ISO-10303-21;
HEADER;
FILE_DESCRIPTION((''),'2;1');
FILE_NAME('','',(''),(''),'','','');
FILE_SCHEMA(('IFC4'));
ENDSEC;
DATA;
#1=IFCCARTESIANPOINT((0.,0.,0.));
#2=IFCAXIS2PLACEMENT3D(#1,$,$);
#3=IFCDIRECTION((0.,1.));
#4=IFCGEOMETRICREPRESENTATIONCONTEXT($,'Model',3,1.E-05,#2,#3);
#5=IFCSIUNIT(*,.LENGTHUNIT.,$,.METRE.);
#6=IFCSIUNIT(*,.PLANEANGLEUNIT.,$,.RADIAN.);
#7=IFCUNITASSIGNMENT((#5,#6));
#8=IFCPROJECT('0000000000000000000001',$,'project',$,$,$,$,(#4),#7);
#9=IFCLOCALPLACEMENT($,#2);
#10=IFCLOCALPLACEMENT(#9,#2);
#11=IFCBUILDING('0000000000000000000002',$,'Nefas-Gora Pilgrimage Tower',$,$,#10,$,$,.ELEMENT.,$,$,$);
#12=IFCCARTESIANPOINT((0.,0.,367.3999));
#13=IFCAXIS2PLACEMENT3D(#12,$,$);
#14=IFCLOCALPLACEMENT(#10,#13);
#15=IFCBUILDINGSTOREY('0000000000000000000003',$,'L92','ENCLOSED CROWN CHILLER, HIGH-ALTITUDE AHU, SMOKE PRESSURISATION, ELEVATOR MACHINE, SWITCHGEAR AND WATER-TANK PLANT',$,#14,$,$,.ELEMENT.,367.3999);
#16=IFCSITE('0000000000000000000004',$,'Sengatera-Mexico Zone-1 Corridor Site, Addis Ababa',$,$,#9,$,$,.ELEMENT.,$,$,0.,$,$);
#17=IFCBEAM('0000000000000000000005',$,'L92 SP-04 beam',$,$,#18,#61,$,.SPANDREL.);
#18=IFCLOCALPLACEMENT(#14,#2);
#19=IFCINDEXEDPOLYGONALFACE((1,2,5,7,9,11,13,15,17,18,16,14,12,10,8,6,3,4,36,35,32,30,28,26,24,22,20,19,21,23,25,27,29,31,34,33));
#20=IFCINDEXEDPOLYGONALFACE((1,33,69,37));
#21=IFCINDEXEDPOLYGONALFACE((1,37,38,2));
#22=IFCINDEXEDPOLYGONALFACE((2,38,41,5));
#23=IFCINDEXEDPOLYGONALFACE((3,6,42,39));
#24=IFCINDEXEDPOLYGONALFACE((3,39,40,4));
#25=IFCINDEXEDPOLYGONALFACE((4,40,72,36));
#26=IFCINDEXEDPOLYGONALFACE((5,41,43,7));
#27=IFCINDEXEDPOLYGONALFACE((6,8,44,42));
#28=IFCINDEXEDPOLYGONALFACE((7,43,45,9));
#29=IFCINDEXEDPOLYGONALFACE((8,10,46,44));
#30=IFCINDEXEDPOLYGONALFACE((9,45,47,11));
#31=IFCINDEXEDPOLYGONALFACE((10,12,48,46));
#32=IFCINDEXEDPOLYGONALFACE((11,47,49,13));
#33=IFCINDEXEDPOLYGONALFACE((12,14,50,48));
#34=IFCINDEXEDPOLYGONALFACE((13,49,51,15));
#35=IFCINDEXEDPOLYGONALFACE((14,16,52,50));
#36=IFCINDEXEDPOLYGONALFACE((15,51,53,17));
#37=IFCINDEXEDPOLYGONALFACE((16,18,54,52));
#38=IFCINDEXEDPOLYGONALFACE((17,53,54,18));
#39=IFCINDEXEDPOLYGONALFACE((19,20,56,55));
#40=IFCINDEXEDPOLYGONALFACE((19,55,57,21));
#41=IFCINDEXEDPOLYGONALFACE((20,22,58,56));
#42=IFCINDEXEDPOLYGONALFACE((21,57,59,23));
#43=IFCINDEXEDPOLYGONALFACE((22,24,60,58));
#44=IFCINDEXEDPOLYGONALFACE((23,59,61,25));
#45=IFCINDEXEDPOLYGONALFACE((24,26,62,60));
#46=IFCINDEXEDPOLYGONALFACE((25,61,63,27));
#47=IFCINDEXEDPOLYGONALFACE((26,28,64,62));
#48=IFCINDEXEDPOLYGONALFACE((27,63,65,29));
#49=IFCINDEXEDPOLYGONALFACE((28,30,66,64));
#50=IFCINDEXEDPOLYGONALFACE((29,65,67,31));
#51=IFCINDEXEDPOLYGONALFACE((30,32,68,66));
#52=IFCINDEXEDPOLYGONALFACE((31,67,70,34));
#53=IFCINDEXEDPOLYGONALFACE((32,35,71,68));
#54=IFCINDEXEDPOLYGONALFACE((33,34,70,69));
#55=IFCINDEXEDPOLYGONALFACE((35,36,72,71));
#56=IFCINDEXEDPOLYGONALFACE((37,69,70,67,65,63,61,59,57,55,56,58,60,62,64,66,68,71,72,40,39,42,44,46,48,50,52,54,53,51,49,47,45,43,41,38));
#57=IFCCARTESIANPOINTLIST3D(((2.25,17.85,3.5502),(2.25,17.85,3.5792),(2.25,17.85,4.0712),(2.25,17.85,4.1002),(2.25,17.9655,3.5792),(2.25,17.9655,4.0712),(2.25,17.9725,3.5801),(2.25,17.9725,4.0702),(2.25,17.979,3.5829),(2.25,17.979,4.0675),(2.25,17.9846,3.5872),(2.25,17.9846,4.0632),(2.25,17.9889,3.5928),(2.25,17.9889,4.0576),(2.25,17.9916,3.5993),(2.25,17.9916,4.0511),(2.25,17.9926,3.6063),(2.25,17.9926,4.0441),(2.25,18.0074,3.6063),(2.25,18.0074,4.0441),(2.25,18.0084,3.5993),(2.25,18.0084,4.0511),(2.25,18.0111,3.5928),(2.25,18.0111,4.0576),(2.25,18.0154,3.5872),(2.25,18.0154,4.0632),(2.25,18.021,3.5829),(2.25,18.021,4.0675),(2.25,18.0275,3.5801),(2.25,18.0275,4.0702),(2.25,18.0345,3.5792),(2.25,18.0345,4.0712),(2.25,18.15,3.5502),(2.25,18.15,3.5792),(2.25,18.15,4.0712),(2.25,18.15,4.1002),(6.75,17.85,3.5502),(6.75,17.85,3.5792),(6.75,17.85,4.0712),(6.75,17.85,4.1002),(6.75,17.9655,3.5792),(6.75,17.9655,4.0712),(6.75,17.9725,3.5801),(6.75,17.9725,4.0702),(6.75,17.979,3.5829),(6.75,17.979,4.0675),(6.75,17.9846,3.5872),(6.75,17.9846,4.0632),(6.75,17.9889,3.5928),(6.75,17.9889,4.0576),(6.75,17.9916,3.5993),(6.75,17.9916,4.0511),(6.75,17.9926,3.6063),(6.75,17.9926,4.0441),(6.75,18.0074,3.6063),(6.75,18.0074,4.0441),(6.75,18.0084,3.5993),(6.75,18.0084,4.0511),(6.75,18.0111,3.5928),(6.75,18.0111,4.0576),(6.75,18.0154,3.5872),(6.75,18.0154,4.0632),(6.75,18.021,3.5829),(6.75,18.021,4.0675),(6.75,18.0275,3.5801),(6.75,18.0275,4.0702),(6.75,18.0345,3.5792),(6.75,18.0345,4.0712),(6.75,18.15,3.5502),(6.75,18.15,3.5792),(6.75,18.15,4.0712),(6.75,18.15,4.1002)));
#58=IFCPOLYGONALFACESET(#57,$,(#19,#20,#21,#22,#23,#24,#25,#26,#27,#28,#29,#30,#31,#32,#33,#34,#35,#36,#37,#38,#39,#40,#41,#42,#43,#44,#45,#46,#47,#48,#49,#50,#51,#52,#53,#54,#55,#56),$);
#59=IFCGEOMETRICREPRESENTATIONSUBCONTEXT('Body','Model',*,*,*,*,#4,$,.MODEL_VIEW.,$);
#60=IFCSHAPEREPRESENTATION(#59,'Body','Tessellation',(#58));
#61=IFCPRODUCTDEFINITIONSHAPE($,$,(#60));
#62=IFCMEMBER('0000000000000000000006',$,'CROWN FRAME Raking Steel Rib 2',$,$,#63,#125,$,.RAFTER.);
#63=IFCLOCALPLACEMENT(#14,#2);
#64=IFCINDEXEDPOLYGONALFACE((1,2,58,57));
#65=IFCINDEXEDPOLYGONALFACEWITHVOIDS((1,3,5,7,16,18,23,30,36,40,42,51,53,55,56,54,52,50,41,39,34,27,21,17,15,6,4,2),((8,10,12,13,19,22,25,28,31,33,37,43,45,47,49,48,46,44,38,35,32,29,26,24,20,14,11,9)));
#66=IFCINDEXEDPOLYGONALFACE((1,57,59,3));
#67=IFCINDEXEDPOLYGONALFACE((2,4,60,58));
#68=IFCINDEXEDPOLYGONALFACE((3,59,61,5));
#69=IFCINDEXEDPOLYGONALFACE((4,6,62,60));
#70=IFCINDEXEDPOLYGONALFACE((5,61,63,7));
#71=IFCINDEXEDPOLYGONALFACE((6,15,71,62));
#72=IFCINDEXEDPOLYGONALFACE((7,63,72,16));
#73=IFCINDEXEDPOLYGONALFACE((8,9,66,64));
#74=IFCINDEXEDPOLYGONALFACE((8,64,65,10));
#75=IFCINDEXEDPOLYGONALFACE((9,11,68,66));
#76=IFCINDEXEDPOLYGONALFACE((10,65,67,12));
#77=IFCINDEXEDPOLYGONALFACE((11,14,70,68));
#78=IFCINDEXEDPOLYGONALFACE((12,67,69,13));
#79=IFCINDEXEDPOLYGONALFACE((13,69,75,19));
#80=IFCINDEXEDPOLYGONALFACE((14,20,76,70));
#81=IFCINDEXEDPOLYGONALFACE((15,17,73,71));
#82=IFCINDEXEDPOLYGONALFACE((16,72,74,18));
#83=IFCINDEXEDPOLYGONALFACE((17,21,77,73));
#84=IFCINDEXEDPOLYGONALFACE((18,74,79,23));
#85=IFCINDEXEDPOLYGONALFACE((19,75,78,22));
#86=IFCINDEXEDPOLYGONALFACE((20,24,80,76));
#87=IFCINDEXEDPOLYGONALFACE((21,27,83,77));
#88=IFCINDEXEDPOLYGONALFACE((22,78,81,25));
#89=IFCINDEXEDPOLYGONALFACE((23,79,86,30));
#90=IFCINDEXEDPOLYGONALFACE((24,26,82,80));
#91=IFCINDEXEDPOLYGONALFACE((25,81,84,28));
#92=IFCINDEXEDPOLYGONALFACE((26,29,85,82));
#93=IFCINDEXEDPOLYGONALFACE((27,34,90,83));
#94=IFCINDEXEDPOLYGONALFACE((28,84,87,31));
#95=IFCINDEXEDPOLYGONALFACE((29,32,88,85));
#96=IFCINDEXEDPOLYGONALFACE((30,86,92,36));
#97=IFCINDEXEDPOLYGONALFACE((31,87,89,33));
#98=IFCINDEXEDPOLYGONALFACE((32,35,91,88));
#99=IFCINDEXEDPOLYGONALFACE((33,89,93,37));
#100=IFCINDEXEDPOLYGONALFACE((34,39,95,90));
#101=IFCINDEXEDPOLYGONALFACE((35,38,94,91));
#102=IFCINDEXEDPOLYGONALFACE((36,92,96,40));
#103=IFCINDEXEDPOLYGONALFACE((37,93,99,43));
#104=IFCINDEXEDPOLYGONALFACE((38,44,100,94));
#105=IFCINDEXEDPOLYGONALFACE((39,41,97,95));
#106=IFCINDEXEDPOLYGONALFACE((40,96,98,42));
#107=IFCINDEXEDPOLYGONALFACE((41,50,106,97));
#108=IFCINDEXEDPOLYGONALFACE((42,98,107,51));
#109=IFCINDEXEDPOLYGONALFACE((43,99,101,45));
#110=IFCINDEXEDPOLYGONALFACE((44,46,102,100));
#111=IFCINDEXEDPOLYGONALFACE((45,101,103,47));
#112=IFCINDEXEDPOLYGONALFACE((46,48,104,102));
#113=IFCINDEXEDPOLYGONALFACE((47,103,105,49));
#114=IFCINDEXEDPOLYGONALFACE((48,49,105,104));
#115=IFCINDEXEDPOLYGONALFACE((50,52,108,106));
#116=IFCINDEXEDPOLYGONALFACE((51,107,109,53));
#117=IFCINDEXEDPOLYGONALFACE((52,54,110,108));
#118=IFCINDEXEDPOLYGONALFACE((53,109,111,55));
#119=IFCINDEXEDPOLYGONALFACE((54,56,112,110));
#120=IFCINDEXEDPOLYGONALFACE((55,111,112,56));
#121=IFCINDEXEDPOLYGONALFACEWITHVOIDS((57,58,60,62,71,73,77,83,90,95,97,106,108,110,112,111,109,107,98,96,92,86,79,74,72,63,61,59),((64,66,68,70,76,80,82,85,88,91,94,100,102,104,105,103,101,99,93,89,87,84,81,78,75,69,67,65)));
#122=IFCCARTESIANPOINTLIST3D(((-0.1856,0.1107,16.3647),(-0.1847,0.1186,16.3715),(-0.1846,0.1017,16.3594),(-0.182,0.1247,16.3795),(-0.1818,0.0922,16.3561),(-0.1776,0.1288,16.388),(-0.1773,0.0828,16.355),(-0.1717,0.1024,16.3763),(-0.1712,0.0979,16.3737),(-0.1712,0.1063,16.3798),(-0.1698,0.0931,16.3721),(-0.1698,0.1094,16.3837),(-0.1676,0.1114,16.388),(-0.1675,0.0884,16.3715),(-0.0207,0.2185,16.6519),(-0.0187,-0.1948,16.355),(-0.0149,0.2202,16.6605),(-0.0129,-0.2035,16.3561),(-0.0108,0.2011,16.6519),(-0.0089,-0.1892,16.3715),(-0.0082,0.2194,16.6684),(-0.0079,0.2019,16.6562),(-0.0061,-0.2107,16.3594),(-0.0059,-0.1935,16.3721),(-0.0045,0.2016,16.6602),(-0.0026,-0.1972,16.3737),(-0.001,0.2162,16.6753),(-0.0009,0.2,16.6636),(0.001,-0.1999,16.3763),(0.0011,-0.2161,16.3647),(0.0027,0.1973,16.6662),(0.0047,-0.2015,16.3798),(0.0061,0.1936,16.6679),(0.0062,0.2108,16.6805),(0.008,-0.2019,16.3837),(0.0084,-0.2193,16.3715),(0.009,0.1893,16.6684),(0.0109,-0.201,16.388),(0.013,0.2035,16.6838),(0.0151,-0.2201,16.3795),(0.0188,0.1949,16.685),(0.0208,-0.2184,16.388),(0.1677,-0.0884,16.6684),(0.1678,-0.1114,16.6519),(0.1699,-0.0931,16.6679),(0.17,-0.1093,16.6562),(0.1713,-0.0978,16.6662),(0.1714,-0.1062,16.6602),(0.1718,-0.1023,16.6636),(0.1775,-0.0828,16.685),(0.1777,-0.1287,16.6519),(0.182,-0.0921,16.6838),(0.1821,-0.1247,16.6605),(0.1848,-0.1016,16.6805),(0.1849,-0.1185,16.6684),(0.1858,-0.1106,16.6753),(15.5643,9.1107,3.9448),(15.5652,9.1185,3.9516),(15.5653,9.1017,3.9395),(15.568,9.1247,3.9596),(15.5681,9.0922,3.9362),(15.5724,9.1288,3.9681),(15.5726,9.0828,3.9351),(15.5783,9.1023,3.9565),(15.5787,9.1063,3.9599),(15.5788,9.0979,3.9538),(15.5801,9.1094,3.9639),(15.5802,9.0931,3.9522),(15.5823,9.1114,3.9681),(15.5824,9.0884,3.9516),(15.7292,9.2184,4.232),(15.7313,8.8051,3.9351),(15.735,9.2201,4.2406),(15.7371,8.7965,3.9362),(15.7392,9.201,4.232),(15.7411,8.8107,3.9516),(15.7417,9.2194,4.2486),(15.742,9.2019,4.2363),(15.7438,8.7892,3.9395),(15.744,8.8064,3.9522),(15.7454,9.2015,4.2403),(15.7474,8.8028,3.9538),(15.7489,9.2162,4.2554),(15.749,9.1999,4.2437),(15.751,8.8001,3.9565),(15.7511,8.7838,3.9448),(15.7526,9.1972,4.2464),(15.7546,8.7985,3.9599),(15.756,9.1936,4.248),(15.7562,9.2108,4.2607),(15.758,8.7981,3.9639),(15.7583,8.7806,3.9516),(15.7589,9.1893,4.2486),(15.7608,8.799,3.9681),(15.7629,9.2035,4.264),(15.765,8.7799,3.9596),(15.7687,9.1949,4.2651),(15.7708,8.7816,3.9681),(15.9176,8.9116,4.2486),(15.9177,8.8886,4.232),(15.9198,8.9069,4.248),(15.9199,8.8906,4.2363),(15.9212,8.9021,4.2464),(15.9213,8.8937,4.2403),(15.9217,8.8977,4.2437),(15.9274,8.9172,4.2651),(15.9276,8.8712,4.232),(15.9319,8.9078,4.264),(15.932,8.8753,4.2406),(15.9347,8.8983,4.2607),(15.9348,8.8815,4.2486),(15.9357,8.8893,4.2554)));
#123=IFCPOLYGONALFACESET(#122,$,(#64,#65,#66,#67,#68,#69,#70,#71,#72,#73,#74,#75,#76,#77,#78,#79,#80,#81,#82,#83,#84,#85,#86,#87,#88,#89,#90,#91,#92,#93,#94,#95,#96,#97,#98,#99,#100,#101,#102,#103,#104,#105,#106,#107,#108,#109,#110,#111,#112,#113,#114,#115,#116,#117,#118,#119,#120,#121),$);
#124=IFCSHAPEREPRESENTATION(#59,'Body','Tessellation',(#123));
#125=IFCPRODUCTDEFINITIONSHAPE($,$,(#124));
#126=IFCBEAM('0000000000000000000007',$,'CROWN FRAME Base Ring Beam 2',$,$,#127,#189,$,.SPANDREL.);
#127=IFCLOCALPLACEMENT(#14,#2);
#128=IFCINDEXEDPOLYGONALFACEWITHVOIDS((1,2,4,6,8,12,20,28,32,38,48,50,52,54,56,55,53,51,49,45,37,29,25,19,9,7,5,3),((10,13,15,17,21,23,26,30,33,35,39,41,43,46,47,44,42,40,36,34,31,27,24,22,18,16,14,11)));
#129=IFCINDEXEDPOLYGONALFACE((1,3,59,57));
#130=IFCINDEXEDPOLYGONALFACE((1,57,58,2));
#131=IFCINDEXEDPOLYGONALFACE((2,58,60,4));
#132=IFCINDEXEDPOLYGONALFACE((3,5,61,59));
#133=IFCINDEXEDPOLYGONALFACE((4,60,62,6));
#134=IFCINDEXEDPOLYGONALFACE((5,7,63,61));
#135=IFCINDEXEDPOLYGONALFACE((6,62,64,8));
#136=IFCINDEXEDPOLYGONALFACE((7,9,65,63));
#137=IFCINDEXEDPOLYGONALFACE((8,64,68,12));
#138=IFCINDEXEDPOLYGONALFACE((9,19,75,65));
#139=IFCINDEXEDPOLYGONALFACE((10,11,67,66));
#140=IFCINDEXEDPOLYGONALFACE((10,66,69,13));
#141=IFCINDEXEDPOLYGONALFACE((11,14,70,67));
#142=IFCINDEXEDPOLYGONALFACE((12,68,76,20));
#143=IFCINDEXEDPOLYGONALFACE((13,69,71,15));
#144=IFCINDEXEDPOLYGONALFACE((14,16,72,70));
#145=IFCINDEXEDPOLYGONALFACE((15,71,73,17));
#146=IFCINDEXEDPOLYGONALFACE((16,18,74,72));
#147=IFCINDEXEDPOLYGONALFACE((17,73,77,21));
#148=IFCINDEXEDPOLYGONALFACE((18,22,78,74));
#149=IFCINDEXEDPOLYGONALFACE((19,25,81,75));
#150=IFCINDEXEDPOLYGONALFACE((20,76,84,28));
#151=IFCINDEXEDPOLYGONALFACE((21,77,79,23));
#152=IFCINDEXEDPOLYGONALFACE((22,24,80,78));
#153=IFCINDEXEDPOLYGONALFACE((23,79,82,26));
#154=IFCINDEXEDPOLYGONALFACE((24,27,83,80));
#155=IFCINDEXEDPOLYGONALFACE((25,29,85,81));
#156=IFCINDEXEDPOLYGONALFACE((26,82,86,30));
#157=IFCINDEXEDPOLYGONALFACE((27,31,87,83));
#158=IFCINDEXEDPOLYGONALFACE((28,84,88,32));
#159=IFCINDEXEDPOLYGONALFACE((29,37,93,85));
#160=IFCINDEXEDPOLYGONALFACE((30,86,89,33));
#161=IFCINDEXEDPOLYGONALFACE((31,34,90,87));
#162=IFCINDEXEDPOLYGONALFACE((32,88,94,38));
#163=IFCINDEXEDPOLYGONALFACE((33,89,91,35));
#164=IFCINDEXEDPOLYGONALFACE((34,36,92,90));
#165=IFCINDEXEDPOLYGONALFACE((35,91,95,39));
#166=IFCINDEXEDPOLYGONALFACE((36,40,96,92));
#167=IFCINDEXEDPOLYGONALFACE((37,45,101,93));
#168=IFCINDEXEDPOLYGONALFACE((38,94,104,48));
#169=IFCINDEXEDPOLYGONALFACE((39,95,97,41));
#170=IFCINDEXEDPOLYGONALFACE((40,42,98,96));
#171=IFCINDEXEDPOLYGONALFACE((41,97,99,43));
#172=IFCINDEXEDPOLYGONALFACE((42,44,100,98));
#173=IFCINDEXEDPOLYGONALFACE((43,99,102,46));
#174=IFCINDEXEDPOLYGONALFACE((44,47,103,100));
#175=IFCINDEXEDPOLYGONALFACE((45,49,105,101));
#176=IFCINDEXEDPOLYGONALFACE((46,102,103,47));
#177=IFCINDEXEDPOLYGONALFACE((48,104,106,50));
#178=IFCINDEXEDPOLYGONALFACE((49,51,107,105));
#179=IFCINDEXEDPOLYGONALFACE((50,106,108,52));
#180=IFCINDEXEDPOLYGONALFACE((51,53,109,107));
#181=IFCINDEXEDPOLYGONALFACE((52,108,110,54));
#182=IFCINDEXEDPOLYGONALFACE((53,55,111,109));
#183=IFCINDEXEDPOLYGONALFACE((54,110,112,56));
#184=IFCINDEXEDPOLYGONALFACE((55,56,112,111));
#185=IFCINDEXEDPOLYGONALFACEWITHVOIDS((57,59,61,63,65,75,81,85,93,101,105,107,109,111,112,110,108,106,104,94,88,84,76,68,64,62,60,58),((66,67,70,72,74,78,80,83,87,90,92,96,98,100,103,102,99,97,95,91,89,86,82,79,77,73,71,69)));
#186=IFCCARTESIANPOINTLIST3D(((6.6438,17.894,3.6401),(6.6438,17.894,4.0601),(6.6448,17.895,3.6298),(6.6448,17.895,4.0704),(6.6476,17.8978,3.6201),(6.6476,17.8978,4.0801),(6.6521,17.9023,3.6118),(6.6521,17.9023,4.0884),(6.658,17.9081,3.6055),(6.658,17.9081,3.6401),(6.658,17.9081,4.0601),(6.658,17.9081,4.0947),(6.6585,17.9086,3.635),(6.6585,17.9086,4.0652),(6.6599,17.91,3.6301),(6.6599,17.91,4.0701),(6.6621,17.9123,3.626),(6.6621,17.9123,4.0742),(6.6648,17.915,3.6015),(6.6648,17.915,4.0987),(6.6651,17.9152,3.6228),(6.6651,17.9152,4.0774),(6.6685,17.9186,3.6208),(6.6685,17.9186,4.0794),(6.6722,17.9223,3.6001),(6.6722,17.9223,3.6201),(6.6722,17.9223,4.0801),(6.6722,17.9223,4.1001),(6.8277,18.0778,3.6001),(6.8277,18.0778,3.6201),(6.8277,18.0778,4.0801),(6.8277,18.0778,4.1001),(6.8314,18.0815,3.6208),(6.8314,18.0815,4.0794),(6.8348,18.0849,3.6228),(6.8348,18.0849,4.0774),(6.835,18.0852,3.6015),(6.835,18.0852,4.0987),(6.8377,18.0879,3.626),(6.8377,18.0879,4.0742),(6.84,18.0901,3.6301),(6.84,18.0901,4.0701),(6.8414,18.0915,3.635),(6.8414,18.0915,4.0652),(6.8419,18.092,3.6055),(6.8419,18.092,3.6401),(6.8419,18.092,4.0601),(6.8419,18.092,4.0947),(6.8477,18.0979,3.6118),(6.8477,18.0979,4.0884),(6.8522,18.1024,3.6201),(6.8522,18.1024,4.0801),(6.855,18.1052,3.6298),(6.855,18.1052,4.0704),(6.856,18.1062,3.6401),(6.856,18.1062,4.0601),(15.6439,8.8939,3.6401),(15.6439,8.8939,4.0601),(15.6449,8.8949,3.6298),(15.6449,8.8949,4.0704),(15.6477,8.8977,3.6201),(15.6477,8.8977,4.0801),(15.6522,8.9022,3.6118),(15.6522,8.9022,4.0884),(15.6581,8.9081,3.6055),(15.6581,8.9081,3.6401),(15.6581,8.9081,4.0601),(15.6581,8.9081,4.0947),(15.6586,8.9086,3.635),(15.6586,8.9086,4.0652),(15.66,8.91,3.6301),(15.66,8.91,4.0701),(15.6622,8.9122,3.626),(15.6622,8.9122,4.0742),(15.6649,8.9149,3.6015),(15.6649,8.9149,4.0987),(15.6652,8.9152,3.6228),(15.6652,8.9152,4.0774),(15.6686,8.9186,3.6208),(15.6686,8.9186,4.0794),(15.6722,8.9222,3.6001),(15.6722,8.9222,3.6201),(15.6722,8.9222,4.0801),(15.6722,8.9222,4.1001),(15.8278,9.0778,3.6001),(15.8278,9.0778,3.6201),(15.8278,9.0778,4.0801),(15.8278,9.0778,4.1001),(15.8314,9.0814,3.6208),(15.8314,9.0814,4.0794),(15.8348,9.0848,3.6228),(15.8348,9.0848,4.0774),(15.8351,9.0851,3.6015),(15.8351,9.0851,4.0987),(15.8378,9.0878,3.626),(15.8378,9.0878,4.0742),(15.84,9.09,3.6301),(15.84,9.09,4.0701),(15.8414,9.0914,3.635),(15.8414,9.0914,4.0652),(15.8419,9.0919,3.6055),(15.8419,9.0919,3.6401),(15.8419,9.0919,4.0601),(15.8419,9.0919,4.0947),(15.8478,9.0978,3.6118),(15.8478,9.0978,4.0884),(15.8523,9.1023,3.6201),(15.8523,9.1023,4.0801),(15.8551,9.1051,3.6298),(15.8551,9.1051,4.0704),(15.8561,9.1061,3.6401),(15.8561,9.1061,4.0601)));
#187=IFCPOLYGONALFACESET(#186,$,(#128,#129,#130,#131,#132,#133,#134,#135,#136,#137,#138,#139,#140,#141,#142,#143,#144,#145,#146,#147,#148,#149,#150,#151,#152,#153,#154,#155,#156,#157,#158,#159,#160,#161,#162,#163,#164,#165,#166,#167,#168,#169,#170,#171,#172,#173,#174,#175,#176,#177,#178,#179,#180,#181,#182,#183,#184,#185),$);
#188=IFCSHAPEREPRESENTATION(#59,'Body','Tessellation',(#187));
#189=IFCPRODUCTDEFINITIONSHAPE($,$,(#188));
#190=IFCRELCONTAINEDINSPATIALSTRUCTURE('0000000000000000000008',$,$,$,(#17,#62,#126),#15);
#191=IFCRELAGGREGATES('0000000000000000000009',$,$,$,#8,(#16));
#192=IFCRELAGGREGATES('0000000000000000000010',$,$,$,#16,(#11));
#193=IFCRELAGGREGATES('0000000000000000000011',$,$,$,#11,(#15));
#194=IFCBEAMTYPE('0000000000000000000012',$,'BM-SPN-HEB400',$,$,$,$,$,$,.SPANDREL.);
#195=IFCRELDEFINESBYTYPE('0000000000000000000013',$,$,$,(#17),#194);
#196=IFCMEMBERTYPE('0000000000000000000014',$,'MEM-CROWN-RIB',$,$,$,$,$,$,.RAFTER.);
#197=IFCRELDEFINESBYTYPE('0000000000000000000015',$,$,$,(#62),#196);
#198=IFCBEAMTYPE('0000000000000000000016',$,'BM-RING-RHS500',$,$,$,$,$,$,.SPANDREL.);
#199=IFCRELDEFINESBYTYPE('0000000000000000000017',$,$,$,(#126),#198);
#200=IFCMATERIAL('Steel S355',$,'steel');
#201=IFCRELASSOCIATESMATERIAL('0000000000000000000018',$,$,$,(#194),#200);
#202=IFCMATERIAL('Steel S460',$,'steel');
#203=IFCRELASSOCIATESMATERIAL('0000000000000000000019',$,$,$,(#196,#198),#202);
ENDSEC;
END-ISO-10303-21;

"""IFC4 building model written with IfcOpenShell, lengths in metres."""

from ifc_helpers import new_model, si_unit, direction, frame, origin, origin_2d, place, context, subcontext, project, spatial, hollow_rectangle, i_section, extrude, source, transform, mapped, material, material_profile, profile_set, type_object, element, save


model = new_model("IFC4")

# Units and contexts
model_context = context("Model", 3, precision=1e-05, world=origin(), true_north=direction((0.0, 1.0)))
body_context = subcontext(model_context, "Body", "Model", "MODEL_VIEW")
ifc_project = project(units=[si_unit("LENGTHUNIT", "METRE"), si_unit("PLANEANGLEUNIT", "RADIAN")], contexts=[model_context])

# Site, building, storey
site_placement = place(None, origin())
site = spatial("IfcSite", under=ifc_project, at=site_placement, Name="Sengatera-Mexico Zone-1 Corridor Site, Addis Ababa", CompositionType="ELEMENT", RefElevation=0.0)
building_placement = place(site_placement, origin())
building = spatial("IfcBuilding", under=site, at=building_placement, Name="Nefas-Gora Pilgrimage Tower", CompositionType="ELEMENT")
storey_placement = place(building_placement, frame((0.0, 0.0, 367.3999)))
storey = spatial("IfcBuildingStorey", under=building, at=storey_placement, Name="L92", Description="ENCLOSED CROWN CHILLER, HIGH-ALTITUDE AHU, SMOKE PRESSURISATION, ELEVATOR MACHINE, SWITCHGEAR AND WATER-TANK PLANT", CompositionType="ELEMENT", Elevation=367.3999)

# Shared definitions
ifc_material_1 = material(Name="Steel S355", Category="steel")

# Beam
ifc_material_profile_1 = material_profile(ifc_material_1, i_section(OverallWidth=0.3, OverallDepth=0.55, WebThickness=0.0149, FlangeThickness=0.0291, FilletRadius=0.0271, at=origin_2d()), Name="HEB 550")
ifc_profile_set_1 = profile_set([ifc_material_profile_1], Name="Steel S355")
beam_type_1 = type_object("IfcBeamType", Name="BM-SPN-HEB400", PredefinedType="SPANDREL", material=ifc_profile_set_1)
shared_shape_1 = source(origin(), body_context, "Body", "SweptSolid", [
    extrude(i_section(OverallWidth=0.3, OverallDepth=0.55, WebThickness=0.0149, FlangeThickness=0.0291, FilletRadius=0.0271, at=origin_2d()), origin(), (0.0, 0.0, 1.0), 4.5),
])
beam_1_placement = place(storey_placement, frame((2.25, 18.0, 3.8252), z_axis=(1.0, 0.0, 0.0), x_axis=(0.0, 1.0, 0.0)))
element("IfcBeam", 1, at=beam_1_placement, inside=storey, type_object=beam_type_1, Name="L92 SP-04 beam", PredefinedType="SPANDREL", context=body_context, shape_type="MappedRepresentation", body=[
    mapped(shared_shape_1, transform((0.0, 0.0, 0.0), x_axis=(1.0, 0.0, 0.0), y_axis=(0.0, 1.0, 0.0), z_axis=(0.0, 0.0, 1.0), scale=1.0)),
])

# Member
ifc_material_2 = material(Name="Steel S460", Category="steel")
ifc_material_profile_2 = material_profile(ifc_material_2, hollow_rectangle(XDim=0.3999, YDim=0.3999, WallThickness=0.02, InnerFilletRadius=0.02, OuterFilletRadius=0.04, at=origin_2d()), Name="SHS 400x400x20")
ifc_profile_set_2 = profile_set([ifc_material_profile_2], Name="Steel S460")
member_type_1 = type_object("IfcMemberType", Name="MEM-CROWN-RIB", PredefinedType="RAFTER", material=ifc_profile_set_2)
shared_shape_2 = source(origin(), body_context, "Body", "SweptSolid", [
    extrude(hollow_rectangle(XDim=0.3999, YDim=0.3999, WallThickness=0.02, InnerFilletRadius=0.02, OuterFilletRadius=0.04, at=origin_2d()), origin(), (0.0, 0.0, 1.0), 21.9844),
])
member_1_placement = place(storey_placement, frame((15.75, 9.0, 4.1001), z_axis=(-0.716415, -0.40938, 0.564941), x_axis=(0.496139, -0.868243, 0.0)))
element("IfcMember", 2, at=member_1_placement, inside=storey, type_object=member_type_1, Name="CROWN FRAME Raking Steel Rib 2", PredefinedType="RAFTER", context=body_context, shape_type="MappedRepresentation", body=[
    mapped(shared_shape_2, transform((0.0, 0.0, 0.0), x_axis=(1.0, 0.0, 0.0), y_axis=(0.0, 1.0, 0.0), z_axis=(0.0, 0.0, 1.0), scale=1.0)),
])

# Beam
ifc_material_profile_3 = material_profile(ifc_material_2, hollow_rectangle(XDim=0.3, YDim=0.5, WallThickness=0.02, InnerFilletRadius=0.02, OuterFilletRadius=0.04, at=origin_2d()), Name="RHS 500x300x20")
ifc_profile_set_3 = profile_set([ifc_material_profile_3], Name="Steel S460")
beam_type_2 = type_object("IfcBeamType", Name="BM-RING-RHS500", PredefinedType="SPANDREL", material=ifc_profile_set_3)
shared_shape_3 = source(origin(), body_context, "Body", "SweptSolid", [
    extrude(hollow_rectangle(XDim=0.3, YDim=0.5, WallThickness=0.02, InnerFilletRadius=0.02, OuterFilletRadius=0.04, at=origin_2d()), origin(), (0.0, 0.0, 1.0), 12.728),
])
beam_2_placement = place(storey_placement, frame((15.75, 9.0, 3.8501), z_axis=(-0.707107, 0.707107, 0.0), x_axis=(-0.707107, -0.707107, 0.0)))
element("IfcBeam", 3, at=beam_2_placement, inside=storey, type_object=beam_type_2, Name="CROWN FRAME Base Ring Beam 2", PredefinedType="SPANDREL", context=body_context, shape_type="MappedRepresentation", body=[
    mapped(shared_shape_3, transform((0.0, 0.0, 0.0), x_axis=(1.0, 0.0, 0.0), y_axis=(0.0, 1.0, 0.0), z_axis=(0.0, 0.0, 1.0), scale=1.0)),
])

save(model, "model.ifc")
